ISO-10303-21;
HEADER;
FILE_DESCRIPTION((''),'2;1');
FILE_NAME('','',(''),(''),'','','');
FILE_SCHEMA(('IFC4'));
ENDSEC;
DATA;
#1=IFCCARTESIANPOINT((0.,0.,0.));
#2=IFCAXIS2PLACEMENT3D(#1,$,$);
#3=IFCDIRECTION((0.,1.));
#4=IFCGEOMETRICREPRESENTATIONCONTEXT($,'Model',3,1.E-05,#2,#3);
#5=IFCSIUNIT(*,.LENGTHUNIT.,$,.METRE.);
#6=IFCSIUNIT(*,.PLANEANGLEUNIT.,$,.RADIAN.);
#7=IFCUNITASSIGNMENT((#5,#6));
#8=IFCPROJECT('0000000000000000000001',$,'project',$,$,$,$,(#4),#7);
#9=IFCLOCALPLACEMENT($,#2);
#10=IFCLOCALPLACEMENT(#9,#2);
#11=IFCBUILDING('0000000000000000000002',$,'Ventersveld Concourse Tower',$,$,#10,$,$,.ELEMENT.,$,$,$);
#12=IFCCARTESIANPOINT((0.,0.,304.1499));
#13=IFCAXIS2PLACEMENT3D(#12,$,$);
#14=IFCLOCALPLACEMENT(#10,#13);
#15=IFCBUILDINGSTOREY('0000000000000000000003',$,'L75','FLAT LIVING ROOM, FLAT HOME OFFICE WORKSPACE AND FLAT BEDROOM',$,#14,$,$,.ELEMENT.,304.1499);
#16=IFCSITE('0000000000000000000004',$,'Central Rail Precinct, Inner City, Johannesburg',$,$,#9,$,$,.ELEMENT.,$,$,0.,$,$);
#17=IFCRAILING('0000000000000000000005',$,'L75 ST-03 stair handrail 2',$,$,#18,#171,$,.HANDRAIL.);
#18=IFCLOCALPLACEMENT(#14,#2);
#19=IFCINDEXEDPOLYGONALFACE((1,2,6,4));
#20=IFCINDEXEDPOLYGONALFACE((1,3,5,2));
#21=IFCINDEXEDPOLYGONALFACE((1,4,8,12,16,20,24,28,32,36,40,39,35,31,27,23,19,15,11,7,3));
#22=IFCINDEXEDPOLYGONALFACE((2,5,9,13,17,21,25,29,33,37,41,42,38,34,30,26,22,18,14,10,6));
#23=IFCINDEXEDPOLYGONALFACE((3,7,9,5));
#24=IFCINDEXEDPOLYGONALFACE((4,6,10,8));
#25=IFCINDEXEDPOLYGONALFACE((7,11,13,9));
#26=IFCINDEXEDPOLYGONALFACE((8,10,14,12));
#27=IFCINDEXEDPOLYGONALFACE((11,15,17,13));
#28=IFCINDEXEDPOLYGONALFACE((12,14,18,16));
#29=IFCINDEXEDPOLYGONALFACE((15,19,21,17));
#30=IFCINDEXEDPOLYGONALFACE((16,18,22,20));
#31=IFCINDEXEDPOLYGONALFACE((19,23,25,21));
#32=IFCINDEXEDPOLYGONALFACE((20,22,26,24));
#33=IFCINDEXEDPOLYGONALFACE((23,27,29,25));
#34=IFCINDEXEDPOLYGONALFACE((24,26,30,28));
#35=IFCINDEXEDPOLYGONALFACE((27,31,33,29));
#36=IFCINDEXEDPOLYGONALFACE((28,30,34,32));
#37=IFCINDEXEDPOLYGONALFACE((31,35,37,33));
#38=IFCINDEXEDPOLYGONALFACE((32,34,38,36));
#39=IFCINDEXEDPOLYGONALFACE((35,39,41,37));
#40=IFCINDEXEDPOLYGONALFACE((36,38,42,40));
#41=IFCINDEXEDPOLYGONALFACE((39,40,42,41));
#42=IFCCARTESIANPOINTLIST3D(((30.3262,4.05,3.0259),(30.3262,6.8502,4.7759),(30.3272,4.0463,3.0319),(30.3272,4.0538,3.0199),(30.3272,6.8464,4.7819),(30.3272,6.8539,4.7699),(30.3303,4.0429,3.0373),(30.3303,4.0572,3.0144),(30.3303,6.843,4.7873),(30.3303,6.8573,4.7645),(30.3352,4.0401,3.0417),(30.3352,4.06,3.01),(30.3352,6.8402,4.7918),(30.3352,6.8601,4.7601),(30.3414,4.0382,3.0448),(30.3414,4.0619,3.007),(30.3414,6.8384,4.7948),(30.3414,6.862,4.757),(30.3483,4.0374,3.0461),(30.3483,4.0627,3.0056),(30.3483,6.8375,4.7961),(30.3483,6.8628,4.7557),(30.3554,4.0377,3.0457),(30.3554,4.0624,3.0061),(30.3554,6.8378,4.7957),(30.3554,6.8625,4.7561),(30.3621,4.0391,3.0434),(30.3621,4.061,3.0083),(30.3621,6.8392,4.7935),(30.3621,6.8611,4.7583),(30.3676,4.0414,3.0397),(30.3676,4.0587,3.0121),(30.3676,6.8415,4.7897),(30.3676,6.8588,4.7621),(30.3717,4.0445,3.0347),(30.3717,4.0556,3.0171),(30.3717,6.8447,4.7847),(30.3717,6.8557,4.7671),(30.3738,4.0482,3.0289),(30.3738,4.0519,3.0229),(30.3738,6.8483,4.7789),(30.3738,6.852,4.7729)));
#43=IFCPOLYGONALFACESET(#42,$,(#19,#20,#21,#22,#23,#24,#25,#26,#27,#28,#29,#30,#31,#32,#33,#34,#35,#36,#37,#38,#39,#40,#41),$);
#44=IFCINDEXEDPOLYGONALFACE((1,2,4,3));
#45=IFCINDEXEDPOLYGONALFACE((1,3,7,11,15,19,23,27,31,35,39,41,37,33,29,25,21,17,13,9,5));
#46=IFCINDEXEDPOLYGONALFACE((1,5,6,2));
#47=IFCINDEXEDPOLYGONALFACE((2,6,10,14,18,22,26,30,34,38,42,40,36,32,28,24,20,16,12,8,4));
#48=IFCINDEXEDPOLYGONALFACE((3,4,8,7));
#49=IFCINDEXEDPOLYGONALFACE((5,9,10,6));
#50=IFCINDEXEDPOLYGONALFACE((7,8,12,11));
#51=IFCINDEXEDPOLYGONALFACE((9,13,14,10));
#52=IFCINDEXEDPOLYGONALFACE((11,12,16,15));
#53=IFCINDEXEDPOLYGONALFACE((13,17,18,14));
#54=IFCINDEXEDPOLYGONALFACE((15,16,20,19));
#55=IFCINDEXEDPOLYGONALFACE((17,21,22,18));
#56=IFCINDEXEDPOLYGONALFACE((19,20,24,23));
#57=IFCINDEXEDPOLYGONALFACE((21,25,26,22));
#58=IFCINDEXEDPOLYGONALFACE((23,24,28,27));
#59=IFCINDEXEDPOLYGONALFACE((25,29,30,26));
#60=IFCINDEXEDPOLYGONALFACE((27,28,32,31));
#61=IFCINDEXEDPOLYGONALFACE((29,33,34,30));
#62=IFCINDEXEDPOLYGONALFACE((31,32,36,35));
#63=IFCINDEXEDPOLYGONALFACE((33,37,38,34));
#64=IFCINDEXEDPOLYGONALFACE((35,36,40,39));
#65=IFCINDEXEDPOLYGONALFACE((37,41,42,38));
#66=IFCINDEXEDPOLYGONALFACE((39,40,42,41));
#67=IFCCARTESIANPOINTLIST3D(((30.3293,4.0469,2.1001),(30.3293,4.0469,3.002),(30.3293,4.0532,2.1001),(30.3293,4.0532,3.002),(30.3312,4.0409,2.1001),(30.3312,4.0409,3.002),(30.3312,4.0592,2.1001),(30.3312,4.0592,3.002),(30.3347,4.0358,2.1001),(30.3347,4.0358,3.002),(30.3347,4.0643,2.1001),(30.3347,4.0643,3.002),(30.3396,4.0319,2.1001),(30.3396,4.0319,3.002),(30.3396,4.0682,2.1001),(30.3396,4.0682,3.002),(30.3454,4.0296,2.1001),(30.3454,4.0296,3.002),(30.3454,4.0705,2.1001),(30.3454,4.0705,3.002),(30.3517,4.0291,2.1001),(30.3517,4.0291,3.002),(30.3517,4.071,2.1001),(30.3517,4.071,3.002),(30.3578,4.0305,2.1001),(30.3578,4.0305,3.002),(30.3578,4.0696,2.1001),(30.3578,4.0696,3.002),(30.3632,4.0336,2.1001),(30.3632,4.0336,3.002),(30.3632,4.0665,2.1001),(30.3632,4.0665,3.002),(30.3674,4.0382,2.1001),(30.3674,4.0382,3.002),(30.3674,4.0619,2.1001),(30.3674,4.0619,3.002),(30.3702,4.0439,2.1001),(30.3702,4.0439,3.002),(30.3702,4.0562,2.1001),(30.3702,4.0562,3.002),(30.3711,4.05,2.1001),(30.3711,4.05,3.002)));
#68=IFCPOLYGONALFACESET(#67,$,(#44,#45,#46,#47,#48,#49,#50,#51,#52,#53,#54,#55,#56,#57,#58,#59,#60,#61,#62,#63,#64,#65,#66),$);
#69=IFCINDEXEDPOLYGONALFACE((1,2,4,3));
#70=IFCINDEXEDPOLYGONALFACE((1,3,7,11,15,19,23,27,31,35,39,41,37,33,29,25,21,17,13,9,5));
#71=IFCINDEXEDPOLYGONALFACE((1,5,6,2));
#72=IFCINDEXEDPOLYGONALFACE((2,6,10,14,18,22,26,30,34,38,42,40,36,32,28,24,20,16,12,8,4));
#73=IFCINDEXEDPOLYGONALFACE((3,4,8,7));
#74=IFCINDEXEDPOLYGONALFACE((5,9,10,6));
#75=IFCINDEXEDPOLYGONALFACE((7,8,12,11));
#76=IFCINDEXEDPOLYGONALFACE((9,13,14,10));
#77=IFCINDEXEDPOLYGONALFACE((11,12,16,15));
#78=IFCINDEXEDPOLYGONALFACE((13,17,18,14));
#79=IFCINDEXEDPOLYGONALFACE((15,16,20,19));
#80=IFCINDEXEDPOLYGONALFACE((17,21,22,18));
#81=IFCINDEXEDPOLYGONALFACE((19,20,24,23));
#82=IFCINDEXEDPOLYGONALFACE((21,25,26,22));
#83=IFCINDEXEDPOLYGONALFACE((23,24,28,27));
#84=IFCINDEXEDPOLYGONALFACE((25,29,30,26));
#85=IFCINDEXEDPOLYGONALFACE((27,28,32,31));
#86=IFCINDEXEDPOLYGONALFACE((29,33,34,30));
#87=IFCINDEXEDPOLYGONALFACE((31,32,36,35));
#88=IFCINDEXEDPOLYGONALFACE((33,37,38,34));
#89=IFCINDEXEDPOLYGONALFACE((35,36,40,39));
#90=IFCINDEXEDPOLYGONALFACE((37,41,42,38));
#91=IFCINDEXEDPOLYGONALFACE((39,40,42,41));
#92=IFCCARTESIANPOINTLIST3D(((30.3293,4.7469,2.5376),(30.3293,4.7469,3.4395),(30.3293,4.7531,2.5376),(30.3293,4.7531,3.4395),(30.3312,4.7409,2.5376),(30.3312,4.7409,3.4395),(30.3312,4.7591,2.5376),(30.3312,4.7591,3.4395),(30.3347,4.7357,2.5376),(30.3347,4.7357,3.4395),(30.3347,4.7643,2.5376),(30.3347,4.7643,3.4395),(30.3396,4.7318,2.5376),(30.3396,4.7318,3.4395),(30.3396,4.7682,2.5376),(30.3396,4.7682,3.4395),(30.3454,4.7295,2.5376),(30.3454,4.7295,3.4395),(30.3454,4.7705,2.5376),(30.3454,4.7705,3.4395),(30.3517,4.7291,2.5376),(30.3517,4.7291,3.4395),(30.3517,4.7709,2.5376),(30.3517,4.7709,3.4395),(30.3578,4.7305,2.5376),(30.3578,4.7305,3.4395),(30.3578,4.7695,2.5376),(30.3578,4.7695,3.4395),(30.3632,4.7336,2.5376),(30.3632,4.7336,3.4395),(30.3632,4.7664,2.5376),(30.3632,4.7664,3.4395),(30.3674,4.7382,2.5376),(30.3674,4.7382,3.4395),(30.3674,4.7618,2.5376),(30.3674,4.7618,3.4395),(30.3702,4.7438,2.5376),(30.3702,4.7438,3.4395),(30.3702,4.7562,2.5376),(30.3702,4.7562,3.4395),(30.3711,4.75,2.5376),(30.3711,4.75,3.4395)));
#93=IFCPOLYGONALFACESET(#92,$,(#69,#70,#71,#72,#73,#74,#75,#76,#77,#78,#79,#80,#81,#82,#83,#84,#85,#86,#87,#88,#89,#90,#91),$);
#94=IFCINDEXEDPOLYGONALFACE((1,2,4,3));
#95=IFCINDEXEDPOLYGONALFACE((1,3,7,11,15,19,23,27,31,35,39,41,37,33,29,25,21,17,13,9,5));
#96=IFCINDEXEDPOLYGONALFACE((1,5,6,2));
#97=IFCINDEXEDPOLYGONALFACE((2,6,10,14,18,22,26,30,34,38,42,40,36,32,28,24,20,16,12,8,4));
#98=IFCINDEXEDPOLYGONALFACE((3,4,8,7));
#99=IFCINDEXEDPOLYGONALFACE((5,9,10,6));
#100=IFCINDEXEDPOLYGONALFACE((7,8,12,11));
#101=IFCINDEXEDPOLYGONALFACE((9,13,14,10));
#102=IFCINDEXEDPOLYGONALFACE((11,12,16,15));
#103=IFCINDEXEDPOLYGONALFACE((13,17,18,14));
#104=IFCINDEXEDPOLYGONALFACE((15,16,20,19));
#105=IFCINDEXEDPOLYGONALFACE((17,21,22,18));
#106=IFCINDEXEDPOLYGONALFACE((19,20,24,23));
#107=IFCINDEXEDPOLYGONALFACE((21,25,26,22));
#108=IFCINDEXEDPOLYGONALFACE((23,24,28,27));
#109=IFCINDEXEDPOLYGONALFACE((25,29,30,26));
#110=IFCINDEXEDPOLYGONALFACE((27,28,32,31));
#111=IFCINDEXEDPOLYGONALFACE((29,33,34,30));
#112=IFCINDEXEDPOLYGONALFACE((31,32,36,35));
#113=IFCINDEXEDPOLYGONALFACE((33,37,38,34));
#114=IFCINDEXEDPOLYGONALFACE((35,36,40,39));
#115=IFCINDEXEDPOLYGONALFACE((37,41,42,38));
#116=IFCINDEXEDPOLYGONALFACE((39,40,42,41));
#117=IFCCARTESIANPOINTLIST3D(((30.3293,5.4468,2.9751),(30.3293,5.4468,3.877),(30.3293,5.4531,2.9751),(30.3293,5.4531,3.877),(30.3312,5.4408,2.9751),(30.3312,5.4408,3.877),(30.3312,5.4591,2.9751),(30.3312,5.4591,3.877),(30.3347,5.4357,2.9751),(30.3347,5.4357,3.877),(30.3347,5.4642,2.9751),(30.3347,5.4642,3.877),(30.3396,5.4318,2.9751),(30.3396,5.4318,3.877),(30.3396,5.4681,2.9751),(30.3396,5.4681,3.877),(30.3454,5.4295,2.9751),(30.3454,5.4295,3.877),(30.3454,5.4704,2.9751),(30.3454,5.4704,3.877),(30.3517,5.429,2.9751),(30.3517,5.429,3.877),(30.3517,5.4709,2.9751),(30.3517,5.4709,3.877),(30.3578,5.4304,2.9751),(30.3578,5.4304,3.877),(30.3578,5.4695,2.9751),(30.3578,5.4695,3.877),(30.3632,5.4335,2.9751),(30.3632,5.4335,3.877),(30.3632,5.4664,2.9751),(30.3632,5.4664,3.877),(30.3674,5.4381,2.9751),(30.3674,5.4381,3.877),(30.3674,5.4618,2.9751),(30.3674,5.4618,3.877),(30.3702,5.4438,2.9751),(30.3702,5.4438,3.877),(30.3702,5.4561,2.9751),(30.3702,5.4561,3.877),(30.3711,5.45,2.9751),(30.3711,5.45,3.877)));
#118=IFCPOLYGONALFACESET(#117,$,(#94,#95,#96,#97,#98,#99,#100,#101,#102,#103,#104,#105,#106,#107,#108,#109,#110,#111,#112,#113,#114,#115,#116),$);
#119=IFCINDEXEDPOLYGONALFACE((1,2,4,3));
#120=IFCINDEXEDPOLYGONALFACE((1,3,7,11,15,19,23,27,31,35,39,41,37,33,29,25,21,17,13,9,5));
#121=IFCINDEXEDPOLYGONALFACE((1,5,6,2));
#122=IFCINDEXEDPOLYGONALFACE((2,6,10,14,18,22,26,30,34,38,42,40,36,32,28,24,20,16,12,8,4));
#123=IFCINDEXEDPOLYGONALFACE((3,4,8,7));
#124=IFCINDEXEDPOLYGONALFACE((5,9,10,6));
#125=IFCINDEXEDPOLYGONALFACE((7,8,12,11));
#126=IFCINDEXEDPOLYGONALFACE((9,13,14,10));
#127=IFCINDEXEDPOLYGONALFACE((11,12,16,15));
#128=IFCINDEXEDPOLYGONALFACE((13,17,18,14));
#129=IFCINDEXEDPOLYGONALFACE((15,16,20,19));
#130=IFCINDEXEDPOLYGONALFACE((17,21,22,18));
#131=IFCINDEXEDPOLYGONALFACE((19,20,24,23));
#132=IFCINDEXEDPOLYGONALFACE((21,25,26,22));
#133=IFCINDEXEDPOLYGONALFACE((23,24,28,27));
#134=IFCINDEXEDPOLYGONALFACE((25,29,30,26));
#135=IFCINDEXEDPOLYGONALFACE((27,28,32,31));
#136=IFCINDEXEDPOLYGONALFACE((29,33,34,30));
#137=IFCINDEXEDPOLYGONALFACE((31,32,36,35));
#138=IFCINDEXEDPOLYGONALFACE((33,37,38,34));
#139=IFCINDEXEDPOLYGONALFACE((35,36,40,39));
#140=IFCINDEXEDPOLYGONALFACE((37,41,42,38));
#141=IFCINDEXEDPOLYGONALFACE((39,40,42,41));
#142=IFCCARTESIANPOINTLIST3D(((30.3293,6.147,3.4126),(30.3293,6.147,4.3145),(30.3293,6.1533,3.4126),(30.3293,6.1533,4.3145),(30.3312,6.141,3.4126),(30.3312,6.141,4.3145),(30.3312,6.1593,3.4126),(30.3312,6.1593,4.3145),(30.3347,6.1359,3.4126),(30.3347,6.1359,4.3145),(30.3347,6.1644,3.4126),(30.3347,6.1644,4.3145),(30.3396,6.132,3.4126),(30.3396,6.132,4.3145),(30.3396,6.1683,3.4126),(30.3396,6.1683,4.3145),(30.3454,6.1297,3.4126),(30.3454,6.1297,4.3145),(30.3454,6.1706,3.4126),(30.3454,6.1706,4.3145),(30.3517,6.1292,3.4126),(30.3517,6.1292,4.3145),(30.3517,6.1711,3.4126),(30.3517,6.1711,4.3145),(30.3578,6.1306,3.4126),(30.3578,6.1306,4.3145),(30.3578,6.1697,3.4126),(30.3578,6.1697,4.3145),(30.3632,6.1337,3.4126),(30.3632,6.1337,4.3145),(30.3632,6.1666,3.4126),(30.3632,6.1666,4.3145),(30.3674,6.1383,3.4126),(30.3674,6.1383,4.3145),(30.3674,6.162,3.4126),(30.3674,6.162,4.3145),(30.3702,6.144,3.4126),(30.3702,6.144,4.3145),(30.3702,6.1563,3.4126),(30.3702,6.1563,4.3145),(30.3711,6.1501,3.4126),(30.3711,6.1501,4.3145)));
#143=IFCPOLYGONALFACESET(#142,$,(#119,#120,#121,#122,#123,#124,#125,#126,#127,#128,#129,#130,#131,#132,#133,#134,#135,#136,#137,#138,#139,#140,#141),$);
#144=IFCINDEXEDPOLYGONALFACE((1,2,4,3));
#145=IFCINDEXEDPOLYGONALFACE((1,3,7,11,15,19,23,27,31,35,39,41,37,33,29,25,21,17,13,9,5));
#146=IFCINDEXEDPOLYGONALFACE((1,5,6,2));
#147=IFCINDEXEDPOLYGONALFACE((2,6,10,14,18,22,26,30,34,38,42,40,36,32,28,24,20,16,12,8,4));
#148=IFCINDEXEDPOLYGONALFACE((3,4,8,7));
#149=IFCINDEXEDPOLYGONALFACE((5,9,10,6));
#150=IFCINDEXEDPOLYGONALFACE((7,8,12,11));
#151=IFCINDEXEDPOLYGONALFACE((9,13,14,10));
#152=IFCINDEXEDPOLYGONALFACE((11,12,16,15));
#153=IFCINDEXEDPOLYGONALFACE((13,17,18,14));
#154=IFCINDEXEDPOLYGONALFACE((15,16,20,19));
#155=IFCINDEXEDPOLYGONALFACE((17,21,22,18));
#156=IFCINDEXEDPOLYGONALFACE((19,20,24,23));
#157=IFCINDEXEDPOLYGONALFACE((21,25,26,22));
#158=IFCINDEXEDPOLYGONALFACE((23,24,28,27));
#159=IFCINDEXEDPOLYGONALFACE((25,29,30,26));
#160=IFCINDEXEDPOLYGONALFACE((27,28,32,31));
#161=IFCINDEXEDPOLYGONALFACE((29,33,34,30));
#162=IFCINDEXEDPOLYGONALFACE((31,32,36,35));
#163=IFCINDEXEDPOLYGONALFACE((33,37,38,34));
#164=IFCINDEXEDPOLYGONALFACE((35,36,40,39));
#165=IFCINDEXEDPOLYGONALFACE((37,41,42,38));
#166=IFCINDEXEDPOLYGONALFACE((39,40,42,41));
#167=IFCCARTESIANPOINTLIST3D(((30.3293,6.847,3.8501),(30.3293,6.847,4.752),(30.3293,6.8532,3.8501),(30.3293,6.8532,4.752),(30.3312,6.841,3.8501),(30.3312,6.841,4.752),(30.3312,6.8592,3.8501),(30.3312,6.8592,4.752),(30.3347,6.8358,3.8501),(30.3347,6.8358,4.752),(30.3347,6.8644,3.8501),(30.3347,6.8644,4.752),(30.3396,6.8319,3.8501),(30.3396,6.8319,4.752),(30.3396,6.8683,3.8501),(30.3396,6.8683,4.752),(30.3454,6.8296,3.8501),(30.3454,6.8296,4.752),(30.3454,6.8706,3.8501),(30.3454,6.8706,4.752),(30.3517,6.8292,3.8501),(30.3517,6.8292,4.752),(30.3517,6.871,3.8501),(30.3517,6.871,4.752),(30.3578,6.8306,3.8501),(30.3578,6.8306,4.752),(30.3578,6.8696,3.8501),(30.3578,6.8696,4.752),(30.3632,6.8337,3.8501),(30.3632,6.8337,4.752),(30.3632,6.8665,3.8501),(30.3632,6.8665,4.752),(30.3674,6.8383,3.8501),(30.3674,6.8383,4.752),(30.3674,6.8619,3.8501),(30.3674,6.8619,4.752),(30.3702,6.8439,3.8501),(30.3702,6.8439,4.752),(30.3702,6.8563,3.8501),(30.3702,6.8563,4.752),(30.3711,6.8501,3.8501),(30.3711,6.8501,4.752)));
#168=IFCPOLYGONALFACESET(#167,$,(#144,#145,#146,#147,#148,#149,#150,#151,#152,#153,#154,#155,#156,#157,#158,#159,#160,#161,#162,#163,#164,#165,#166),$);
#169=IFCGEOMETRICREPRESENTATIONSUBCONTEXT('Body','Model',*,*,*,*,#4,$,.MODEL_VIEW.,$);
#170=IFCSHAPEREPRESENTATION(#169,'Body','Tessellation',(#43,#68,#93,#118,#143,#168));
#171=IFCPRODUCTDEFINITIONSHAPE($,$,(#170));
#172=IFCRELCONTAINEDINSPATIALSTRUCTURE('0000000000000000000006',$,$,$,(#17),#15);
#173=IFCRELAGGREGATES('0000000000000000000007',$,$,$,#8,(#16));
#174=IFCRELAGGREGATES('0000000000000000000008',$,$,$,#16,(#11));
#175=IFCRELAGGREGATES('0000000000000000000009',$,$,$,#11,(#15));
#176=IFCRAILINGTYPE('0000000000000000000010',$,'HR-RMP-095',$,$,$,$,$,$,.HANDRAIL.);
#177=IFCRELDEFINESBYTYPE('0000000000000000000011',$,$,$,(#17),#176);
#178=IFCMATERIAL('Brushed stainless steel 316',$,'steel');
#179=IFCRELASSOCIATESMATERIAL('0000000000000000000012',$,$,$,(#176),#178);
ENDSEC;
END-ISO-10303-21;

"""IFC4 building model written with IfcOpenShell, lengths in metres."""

from ifc_helpers import new_model, si_unit, direction, frame, origin, origin_2d, place, context, subcontext, project, spatial, circle, extrude, material, type_object, element, save


model = new_model("IFC4")

# Units and contexts
model_context = context("Model", 3, precision=1e-05, world=origin(), true_north=direction((0.0, 1.0)))
body_context = subcontext(model_context, "Body", "Model", "MODEL_VIEW")
ifc_project = project(units=[si_unit("LENGTHUNIT", "METRE"), si_unit("PLANEANGLEUNIT", "RADIAN")], contexts=[model_context])

# Site, building, storey
site_placement = place(None, origin())
site = spatial("IfcSite", under=ifc_project, at=site_placement, Name="Central Rail Precinct, Inner City, Johannesburg", CompositionType="ELEMENT", RefElevation=0.0)
building_placement = place(site_placement, origin())
building = spatial("IfcBuilding", under=site, at=building_placement, Name="Ventersveld Concourse Tower", CompositionType="ELEMENT")
storey_placement = place(building_placement, frame((0.0, 0.0, 304.1499)))
storey = spatial("IfcBuildingStorey", under=building, at=storey_placement, Name="L75", Description="FLAT LIVING ROOM, FLAT HOME OFFICE WORKSPACE AND FLAT BEDROOM", CompositionType="ELEMENT", Elevation=304.1499)

# Shared definitions
ifc_material_1 = material(Name="Brushed stainless steel 316", Category="steel")

# Railing
railing_type_1 = type_object("IfcRailingType", Name="HR-RMP-095", PredefinedType="HANDRAIL", material=ifc_material_1)
railing_1_placement = place(storey_placement, frame((30.3501, 4.05, 2.1001)))
element("IfcRailing", 1, at=railing_1_placement, inside=storey, type_object=railing_type_1, Name="L75 ST-03 stair handrail 2", PredefinedType="HANDRAIL", context=body_context, shape_type="SweptSolid", body=[
    extrude(circle(Radius=0.0239, at=origin_2d()), frame((0.0, 0.0, 0.9258), z_axis=(0.0, 0.848002, 0.529992), x_axis=(-1.0, 0.0, 0.0)), (0.0, 0.0, 1.0), 3.302),
    extrude(circle(Radius=0.021, at=origin_2d()), origin(), (0.0, 0.0, 1.0), 0.9019),
    extrude(circle(Radius=0.021, at=origin_2d()), frame((0.0, 0.7, 0.4375)), (0.0, 0.0, 1.0), 0.9019),
    extrude(circle(Radius=0.021, at=origin_2d()), frame((0.0, 1.3999, 0.875)), (0.0, 0.0, 1.0), 0.9019),
    extrude(circle(Radius=0.021, at=origin_2d()), frame((0.0, 2.1001, 1.3125)), (0.0, 0.0, 1.0), 0.9019),
    extrude(circle(Radius=0.021, at=origin_2d()), frame((0.0, 2.8, 1.75)), (0.0, 0.0, 1.0), 0.9019),
])

save(model, "model.ifc")
